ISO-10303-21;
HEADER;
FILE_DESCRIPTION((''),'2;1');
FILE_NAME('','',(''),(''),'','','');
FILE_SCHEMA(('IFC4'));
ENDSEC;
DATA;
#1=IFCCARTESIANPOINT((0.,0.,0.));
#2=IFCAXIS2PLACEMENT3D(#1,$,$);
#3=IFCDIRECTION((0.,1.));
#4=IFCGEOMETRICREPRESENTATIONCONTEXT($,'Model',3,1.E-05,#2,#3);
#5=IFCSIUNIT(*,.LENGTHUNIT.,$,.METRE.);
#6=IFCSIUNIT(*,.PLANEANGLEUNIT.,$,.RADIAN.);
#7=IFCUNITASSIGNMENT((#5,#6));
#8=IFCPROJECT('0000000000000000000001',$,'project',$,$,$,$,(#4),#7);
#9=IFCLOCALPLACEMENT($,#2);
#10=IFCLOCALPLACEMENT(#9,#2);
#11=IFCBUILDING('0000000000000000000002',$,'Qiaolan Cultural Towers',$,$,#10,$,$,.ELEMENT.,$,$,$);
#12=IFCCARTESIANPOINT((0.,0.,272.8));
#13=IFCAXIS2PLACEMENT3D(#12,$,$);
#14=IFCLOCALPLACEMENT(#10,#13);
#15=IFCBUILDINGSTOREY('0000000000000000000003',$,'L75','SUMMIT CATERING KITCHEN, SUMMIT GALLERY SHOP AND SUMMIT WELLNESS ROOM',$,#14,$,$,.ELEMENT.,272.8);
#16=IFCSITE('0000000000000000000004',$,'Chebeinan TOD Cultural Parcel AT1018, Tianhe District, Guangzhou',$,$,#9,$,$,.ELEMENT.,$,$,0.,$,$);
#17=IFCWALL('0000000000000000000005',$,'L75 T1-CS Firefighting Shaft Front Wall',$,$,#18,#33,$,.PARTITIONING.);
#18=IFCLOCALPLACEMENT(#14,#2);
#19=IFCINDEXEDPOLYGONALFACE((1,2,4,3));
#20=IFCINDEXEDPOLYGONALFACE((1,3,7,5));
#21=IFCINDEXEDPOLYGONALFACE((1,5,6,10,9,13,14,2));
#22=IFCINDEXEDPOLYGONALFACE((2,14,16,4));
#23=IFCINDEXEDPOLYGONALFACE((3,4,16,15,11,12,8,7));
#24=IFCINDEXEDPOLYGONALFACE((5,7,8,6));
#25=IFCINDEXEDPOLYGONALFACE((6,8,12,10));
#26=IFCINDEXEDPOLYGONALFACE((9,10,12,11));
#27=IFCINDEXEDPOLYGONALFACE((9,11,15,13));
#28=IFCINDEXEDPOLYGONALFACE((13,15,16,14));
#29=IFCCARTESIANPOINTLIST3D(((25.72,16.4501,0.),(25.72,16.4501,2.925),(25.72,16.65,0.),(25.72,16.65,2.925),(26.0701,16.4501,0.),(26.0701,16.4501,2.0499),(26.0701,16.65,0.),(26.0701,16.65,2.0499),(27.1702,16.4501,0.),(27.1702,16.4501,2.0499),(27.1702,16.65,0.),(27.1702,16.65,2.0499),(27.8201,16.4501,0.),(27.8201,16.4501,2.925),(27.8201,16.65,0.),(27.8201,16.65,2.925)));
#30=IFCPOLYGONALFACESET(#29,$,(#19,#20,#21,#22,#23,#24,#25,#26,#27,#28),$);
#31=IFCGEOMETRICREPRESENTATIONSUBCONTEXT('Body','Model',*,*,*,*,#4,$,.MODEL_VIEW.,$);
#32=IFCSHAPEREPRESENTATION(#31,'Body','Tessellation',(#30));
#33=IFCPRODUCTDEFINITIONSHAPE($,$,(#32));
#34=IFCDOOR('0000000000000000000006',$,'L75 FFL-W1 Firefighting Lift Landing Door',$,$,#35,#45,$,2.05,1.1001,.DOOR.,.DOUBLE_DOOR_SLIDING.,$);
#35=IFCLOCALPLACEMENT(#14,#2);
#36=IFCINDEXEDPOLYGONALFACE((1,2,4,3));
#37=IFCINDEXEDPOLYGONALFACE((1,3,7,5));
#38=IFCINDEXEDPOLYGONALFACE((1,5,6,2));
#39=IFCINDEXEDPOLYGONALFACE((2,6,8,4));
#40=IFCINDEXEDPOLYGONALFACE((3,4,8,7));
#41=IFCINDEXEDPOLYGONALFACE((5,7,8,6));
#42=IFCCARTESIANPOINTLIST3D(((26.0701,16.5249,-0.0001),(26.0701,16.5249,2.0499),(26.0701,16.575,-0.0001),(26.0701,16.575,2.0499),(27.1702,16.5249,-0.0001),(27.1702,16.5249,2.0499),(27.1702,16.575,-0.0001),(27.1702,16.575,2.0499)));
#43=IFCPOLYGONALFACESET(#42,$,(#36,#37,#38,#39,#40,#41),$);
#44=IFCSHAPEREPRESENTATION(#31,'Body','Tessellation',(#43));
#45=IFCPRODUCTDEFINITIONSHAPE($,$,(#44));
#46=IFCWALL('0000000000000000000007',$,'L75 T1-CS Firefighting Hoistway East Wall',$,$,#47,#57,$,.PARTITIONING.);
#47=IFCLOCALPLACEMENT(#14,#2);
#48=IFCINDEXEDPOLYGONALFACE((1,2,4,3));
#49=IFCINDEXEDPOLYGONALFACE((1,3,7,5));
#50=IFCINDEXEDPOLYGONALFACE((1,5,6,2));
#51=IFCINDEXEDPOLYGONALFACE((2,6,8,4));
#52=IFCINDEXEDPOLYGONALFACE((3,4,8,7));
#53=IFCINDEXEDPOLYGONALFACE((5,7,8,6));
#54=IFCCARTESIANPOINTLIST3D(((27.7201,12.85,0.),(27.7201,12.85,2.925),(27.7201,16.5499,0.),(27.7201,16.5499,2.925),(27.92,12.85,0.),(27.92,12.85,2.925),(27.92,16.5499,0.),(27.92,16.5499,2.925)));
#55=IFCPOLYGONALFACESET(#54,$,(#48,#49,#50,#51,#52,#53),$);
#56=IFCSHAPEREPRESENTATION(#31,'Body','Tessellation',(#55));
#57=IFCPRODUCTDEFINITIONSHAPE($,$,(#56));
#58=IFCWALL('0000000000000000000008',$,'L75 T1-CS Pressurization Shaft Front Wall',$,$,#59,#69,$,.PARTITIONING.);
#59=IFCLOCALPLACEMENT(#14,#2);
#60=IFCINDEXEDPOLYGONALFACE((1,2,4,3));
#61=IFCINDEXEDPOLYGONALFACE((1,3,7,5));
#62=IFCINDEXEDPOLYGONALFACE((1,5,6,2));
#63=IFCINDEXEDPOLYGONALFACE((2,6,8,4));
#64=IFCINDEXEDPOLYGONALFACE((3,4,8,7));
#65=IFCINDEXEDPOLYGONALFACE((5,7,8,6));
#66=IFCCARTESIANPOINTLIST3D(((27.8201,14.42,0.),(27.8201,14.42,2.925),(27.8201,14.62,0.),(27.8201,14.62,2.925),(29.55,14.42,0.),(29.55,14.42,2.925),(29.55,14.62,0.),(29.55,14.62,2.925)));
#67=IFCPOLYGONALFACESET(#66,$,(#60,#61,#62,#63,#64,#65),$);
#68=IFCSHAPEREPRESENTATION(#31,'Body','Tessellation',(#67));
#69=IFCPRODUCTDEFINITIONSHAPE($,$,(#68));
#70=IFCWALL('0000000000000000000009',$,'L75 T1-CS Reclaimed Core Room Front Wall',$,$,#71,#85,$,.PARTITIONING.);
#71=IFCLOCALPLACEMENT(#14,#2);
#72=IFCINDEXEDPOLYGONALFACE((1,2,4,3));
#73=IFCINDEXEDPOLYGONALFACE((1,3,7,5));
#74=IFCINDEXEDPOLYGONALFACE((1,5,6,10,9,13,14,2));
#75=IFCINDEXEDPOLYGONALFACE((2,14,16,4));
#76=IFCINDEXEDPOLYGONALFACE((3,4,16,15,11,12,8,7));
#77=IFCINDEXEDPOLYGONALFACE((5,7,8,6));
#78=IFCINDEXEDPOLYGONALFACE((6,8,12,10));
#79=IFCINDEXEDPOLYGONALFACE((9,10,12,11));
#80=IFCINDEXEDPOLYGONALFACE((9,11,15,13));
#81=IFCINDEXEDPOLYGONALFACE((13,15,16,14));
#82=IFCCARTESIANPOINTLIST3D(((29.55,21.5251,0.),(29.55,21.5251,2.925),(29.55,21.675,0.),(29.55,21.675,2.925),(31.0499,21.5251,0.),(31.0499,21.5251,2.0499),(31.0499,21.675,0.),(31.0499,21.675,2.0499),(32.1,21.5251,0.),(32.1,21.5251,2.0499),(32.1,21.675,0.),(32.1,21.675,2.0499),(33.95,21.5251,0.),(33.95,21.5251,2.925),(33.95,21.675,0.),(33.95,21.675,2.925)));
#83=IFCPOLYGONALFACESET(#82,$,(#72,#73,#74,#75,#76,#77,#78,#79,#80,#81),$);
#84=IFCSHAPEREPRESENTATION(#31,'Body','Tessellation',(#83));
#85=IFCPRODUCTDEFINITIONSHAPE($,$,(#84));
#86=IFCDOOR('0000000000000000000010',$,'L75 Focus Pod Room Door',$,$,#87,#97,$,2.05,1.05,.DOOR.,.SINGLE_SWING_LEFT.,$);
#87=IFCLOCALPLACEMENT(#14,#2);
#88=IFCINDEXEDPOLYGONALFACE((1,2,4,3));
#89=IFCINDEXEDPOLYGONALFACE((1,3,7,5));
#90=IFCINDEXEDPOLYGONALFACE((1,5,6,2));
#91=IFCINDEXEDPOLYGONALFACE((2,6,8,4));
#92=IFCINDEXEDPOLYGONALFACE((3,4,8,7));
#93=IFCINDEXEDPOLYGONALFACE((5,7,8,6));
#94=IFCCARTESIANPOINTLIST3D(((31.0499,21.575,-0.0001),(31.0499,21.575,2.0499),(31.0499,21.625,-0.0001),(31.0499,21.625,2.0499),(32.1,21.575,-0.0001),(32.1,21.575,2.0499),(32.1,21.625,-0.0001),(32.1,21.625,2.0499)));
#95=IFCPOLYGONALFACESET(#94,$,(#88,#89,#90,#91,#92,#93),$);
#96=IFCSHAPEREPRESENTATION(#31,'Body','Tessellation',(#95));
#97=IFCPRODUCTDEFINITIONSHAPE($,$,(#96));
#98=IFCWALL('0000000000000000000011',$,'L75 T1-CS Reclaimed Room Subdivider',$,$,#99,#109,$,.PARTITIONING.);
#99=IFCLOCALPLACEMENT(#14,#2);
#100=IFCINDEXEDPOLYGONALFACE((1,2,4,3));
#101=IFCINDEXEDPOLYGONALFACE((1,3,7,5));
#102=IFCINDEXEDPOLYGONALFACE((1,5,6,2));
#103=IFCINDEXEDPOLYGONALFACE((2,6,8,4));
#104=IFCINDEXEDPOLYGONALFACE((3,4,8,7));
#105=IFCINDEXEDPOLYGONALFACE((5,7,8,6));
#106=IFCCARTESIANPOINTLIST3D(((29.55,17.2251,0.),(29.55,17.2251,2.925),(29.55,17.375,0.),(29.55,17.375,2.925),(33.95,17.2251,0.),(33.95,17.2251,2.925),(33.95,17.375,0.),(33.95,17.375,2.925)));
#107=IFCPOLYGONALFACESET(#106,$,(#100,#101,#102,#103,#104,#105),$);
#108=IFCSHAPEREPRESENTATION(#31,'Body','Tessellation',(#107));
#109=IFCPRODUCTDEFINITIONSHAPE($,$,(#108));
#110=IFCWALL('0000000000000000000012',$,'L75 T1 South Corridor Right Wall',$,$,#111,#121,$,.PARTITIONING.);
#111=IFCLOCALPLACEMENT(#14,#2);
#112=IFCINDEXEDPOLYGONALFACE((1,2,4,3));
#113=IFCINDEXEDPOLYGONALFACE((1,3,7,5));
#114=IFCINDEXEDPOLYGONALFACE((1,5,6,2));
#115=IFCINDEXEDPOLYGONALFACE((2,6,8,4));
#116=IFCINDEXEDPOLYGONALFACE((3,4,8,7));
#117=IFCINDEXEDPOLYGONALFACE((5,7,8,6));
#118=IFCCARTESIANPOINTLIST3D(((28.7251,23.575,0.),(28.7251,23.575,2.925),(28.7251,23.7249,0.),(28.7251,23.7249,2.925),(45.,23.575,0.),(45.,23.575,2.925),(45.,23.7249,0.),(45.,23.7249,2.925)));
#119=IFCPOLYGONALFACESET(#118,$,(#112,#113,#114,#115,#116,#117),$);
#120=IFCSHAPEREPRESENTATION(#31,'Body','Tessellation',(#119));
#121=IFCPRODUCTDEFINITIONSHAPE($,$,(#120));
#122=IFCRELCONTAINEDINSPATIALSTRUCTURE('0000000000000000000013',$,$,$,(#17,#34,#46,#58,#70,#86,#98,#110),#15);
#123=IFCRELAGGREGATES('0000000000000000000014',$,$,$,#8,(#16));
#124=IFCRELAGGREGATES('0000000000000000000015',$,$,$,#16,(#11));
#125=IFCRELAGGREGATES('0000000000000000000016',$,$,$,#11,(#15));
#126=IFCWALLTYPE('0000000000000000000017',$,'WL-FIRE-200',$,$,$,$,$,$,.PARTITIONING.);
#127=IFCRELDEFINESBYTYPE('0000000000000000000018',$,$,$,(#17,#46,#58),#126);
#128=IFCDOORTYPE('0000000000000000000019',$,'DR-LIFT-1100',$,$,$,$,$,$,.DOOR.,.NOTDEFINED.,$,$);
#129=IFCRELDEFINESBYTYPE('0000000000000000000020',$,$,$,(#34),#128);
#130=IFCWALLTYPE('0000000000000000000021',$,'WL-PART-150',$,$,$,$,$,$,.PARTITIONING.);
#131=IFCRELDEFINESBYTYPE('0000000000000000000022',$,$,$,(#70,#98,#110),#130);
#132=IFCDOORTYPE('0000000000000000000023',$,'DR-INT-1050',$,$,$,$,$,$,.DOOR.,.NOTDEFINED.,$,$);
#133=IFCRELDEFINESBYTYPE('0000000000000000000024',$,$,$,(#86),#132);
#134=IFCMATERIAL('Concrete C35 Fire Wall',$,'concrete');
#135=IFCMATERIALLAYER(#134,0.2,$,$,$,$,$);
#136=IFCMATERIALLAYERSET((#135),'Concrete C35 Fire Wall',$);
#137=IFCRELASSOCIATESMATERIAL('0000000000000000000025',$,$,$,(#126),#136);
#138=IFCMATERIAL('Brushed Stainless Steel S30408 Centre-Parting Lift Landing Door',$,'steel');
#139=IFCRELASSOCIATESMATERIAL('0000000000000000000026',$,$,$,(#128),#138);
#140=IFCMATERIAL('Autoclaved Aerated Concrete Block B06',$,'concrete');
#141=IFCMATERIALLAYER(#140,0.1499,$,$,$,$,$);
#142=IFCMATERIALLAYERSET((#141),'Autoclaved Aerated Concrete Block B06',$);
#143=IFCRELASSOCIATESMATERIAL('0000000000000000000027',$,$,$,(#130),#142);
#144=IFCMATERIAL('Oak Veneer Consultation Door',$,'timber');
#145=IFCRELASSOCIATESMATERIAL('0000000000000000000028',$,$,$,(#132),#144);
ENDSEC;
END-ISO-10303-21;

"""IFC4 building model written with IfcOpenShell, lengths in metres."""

from ifc_helpers import new_model, si_unit, direction, frame, frame_2d, origin, place, context, subcontext, project, spatial, rectangle, extrude, material, layer, layer_set, type_object, element, fill, save


model = new_model("IFC4")

# Units and contexts
model_context = context("Model", 3, precision=1e-05, world=origin(), true_north=direction((0.0, 1.0)))
body_context = subcontext(model_context, "Body", "Model", "MODEL_VIEW")
ifc_project = project(units=[si_unit("LENGTHUNIT", "METRE"), si_unit("PLANEANGLEUNIT", "RADIAN")], contexts=[model_context])

# Site, building, storey
site_placement = place(None, origin())
site = spatial("IfcSite", under=ifc_project, at=site_placement, Name="Chebeinan TOD Cultural Parcel AT1018, Tianhe District, Guangzhou", CompositionType="ELEMENT", RefElevation=0.0)
building_placement = place(site_placement, origin())
building = spatial("IfcBuilding", under=site, at=building_placement, Name="Qiaolan Cultural Towers", CompositionType="ELEMENT")
storey_placement = place(building_placement, frame((0.0, 0.0, 272.8)))
storey = spatial("IfcBuildingStorey", under=building, at=storey_placement, Name="L75", Description="SUMMIT CATERING KITCHEN, SUMMIT GALLERY SHOP AND SUMMIT WELLNESS ROOM", CompositionType="ELEMENT", Elevation=272.8)

# Shared definitions
ifc_material_1 = material(Name="Concrete C35 Fire Wall", Category="concrete")
ifc_layer_1 = layer(ifc_material_1, 0.2)
ifc_layer_set_1 = layer_set([ifc_layer_1], Name="Concrete C35 Fire Wall")
wall_type_1 = type_object("IfcWallType", Name="WL-FIRE-200", PredefinedType="PARTITIONING", material=ifc_layer_set_1)

# Wall, opening, door
wall_1_placement = place(storey_placement, frame((25.72, 16.55, 0.0), z_axis=(0.0, 0.0, 1.0), x_axis=(1.0, 0.0, 0.0)))
wall_1 = element("IfcWall", 1, at=wall_1_placement, inside=storey, type_object=wall_type_1, Name="L75 T1-CS Firefighting Shaft Front Wall", PredefinedType="PARTITIONING", context=body_context, shape_type="SweptSolid", body=[
    extrude(rectangle(XDim=2.1001, YDim=0.2, at=frame_2d((1.05, 0.0))), origin(), (0.0, 0.0, 1.0), 2.925),
])
opening_1_placement = place(wall_1_placement, frame((0.3501, 0.0, 0.0)))
opening_1 = element("IfcOpeningElement", 2, at=opening_1_placement, cuts=wall_1, PredefinedType="OPENING", context=body_context, shape_type="SweptSolid", body=[
    extrude(rectangle(XDim=1.1001, YDim=2.05, at=frame_2d((0.55, 1.0249))), frame((0.0, 0.1099, 0.0), z_axis=(0.0, -1.0, 0.0), x_axis=(1.0, 0.0, 0.0)), (0.0, 0.0, 1.0), 0.22),
])
ifc_material_2 = material(Name="Brushed Stainless Steel S30408 Centre-Parting Lift Landing Door", Category="steel")
door_type_1 = type_object("IfcDoorType", Name="DR-LIFT-1100", OperationType="NOTDEFINED", PredefinedType="DOOR", material=ifc_material_2)
door_1_placement = place(opening_1_placement, origin())
door_1 = element("IfcDoor", 3, at=door_1_placement, inside=storey, type_object=door_type_1, Name="L75 FFL-W1 Firefighting Lift Landing Door", OperationType="DOUBLE_DOOR_SLIDING", OverallHeight=2.05, OverallWidth=1.1001, PredefinedType="DOOR", context=body_context, shape_type="SweptSolid", body=[
    extrude(rectangle(XDim=1.1001, YDim=2.05, at=frame_2d((0.55, 1.0249))), frame((0.0, 0.0249, 0.0), z_axis=(0.0, -1.0, 0.0), x_axis=(1.0, 0.0, 0.0)), (0.0, 0.0, 1.0), 0.05),
])
fill(opening_1, door_1)

# Walls
wall_2_placement = place(storey_placement, frame((27.8201, 16.55, 0.0), z_axis=(0.0, 0.0, 1.0), x_axis=(0.0, -1.0, 0.0)))
element("IfcWall", 4, at=wall_2_placement, inside=storey, type_object=wall_type_1, Name="L75 T1-CS Firefighting Hoistway East Wall", PredefinedType="PARTITIONING", context=body_context, shape_type="SweptSolid", body=[
    extrude(rectangle(XDim=3.7, YDim=0.2, at=frame_2d((1.8501, 0.0))), origin(), (0.0, 0.0, 1.0), 2.925),
])
wall_3_placement = place(storey_placement, frame((27.8201, 14.52, 0.0), z_axis=(0.0, 0.0, 1.0), x_axis=(1.0, 0.0, 0.0)))
element("IfcWall", 5, at=wall_3_placement, inside=storey, type_object=wall_type_1, Name="L75 T1-CS Pressurization Shaft Front Wall", PredefinedType="PARTITIONING", context=body_context, shape_type="SweptSolid", body=[
    extrude(rectangle(XDim=1.73, YDim=0.2, at=frame_2d((0.865, 0.0))), origin(), (0.0, 0.0, 1.0), 2.925),
])

# Wall, opening, door
ifc_material_3 = material(Name="Autoclaved Aerated Concrete Block B06", Category="concrete")
ifc_layer_2 = layer(ifc_material_3, 0.1499)
ifc_layer_set_2 = layer_set([ifc_layer_2], Name="Autoclaved Aerated Concrete Block B06")
wall_type_2 = type_object("IfcWallType", Name="WL-PART-150", PredefinedType="PARTITIONING", material=ifc_layer_set_2)
wall_4_placement = place(storey_placement, frame((29.55, 21.6001, 0.0), z_axis=(0.0, 0.0, 1.0), x_axis=(1.0, 0.0, 0.0)))
wall_4 = element("IfcWall", 6, at=wall_4_placement, inside=storey, type_object=wall_type_2, Name="L75 T1-CS Reclaimed Core Room Front Wall", PredefinedType="PARTITIONING", context=body_context, shape_type="SweptSolid", body=[
    extrude(rectangle(XDim=4.3999, YDim=0.1499, at=frame_2d((2.2, 0.0))), origin(), (0.0, 0.0, 1.0), 2.925),
])
opening_2_placement = place(wall_4_placement, frame((1.5, 0.0, 0.0)))
opening_2 = element("IfcOpeningElement", 7, at=opening_2_placement, cuts=wall_4, PredefinedType="OPENING", context=body_context, shape_type="SweptSolid", body=[
    extrude(rectangle(XDim=1.05, YDim=2.05, at=frame_2d((0.5249, 1.0249))), frame((0.0, 0.085, 0.0), z_axis=(0.0, -1.0, 0.0), x_axis=(1.0, 0.0, 0.0)), (0.0, 0.0, 1.0), 0.1699),
])
ifc_material_4 = material(Name="Oak Veneer Consultation Door", Category="timber")
door_type_2 = type_object("IfcDoorType", Name="DR-INT-1050", OperationType="NOTDEFINED", PredefinedType="DOOR", material=ifc_material_4)
door_2_placement = place(opening_2_placement, origin())
door_2 = element("IfcDoor", 8, at=door_2_placement, inside=storey, type_object=door_type_2, Name="L75 Focus Pod Room Door", OperationType="SINGLE_SWING_LEFT", OverallHeight=2.05, OverallWidth=1.05, PredefinedType="DOOR", context=body_context, shape_type="SweptSolid", body=[
    extrude(rectangle(XDim=1.05, YDim=2.05, at=frame_2d((0.5249, 1.0249))), frame((0.0, 0.0249, 0.0), z_axis=(0.0, -1.0, 0.0), x_axis=(1.0, 0.0, 0.0)), (0.0, 0.0, 1.0), 0.05),
])
fill(opening_2, door_2)

# Walls
wall_5_placement = place(storey_placement, frame((29.55, 17.3, 0.0), z_axis=(0.0, 0.0, 1.0), x_axis=(1.0, 0.0, 0.0)))
element("IfcWall", 9, at=wall_5_placement, inside=storey, type_object=wall_type_2, Name="L75 T1-CS Reclaimed Room Subdivider", PredefinedType="PARTITIONING", context=body_context, shape_type="SweptSolid", body=[
    extrude(rectangle(XDim=4.3999, YDim=0.1499, at=frame_2d((2.2, 0.0))), origin(), (0.0, 0.0, 1.0), 2.925),
])
wall_6_placement = place(storey_placement, frame((28.7251, 23.6499, 0.0), z_axis=(0.0, 0.0, 1.0), x_axis=(1.0, 0.0, 0.0)))
element("IfcWall", 10, at=wall_6_placement, inside=storey, type_object=wall_type_2, Name="L75 T1 South Corridor Right Wall", PredefinedType="PARTITIONING", context=body_context, shape_type="SweptSolid", body=[
    extrude(rectangle(XDim=16.2749, YDim=0.1499, at=frame_2d((8.1375, 0.0))), origin(), (0.0, 0.0, 1.0), 2.925),
])

save(model, "model.ifc")
